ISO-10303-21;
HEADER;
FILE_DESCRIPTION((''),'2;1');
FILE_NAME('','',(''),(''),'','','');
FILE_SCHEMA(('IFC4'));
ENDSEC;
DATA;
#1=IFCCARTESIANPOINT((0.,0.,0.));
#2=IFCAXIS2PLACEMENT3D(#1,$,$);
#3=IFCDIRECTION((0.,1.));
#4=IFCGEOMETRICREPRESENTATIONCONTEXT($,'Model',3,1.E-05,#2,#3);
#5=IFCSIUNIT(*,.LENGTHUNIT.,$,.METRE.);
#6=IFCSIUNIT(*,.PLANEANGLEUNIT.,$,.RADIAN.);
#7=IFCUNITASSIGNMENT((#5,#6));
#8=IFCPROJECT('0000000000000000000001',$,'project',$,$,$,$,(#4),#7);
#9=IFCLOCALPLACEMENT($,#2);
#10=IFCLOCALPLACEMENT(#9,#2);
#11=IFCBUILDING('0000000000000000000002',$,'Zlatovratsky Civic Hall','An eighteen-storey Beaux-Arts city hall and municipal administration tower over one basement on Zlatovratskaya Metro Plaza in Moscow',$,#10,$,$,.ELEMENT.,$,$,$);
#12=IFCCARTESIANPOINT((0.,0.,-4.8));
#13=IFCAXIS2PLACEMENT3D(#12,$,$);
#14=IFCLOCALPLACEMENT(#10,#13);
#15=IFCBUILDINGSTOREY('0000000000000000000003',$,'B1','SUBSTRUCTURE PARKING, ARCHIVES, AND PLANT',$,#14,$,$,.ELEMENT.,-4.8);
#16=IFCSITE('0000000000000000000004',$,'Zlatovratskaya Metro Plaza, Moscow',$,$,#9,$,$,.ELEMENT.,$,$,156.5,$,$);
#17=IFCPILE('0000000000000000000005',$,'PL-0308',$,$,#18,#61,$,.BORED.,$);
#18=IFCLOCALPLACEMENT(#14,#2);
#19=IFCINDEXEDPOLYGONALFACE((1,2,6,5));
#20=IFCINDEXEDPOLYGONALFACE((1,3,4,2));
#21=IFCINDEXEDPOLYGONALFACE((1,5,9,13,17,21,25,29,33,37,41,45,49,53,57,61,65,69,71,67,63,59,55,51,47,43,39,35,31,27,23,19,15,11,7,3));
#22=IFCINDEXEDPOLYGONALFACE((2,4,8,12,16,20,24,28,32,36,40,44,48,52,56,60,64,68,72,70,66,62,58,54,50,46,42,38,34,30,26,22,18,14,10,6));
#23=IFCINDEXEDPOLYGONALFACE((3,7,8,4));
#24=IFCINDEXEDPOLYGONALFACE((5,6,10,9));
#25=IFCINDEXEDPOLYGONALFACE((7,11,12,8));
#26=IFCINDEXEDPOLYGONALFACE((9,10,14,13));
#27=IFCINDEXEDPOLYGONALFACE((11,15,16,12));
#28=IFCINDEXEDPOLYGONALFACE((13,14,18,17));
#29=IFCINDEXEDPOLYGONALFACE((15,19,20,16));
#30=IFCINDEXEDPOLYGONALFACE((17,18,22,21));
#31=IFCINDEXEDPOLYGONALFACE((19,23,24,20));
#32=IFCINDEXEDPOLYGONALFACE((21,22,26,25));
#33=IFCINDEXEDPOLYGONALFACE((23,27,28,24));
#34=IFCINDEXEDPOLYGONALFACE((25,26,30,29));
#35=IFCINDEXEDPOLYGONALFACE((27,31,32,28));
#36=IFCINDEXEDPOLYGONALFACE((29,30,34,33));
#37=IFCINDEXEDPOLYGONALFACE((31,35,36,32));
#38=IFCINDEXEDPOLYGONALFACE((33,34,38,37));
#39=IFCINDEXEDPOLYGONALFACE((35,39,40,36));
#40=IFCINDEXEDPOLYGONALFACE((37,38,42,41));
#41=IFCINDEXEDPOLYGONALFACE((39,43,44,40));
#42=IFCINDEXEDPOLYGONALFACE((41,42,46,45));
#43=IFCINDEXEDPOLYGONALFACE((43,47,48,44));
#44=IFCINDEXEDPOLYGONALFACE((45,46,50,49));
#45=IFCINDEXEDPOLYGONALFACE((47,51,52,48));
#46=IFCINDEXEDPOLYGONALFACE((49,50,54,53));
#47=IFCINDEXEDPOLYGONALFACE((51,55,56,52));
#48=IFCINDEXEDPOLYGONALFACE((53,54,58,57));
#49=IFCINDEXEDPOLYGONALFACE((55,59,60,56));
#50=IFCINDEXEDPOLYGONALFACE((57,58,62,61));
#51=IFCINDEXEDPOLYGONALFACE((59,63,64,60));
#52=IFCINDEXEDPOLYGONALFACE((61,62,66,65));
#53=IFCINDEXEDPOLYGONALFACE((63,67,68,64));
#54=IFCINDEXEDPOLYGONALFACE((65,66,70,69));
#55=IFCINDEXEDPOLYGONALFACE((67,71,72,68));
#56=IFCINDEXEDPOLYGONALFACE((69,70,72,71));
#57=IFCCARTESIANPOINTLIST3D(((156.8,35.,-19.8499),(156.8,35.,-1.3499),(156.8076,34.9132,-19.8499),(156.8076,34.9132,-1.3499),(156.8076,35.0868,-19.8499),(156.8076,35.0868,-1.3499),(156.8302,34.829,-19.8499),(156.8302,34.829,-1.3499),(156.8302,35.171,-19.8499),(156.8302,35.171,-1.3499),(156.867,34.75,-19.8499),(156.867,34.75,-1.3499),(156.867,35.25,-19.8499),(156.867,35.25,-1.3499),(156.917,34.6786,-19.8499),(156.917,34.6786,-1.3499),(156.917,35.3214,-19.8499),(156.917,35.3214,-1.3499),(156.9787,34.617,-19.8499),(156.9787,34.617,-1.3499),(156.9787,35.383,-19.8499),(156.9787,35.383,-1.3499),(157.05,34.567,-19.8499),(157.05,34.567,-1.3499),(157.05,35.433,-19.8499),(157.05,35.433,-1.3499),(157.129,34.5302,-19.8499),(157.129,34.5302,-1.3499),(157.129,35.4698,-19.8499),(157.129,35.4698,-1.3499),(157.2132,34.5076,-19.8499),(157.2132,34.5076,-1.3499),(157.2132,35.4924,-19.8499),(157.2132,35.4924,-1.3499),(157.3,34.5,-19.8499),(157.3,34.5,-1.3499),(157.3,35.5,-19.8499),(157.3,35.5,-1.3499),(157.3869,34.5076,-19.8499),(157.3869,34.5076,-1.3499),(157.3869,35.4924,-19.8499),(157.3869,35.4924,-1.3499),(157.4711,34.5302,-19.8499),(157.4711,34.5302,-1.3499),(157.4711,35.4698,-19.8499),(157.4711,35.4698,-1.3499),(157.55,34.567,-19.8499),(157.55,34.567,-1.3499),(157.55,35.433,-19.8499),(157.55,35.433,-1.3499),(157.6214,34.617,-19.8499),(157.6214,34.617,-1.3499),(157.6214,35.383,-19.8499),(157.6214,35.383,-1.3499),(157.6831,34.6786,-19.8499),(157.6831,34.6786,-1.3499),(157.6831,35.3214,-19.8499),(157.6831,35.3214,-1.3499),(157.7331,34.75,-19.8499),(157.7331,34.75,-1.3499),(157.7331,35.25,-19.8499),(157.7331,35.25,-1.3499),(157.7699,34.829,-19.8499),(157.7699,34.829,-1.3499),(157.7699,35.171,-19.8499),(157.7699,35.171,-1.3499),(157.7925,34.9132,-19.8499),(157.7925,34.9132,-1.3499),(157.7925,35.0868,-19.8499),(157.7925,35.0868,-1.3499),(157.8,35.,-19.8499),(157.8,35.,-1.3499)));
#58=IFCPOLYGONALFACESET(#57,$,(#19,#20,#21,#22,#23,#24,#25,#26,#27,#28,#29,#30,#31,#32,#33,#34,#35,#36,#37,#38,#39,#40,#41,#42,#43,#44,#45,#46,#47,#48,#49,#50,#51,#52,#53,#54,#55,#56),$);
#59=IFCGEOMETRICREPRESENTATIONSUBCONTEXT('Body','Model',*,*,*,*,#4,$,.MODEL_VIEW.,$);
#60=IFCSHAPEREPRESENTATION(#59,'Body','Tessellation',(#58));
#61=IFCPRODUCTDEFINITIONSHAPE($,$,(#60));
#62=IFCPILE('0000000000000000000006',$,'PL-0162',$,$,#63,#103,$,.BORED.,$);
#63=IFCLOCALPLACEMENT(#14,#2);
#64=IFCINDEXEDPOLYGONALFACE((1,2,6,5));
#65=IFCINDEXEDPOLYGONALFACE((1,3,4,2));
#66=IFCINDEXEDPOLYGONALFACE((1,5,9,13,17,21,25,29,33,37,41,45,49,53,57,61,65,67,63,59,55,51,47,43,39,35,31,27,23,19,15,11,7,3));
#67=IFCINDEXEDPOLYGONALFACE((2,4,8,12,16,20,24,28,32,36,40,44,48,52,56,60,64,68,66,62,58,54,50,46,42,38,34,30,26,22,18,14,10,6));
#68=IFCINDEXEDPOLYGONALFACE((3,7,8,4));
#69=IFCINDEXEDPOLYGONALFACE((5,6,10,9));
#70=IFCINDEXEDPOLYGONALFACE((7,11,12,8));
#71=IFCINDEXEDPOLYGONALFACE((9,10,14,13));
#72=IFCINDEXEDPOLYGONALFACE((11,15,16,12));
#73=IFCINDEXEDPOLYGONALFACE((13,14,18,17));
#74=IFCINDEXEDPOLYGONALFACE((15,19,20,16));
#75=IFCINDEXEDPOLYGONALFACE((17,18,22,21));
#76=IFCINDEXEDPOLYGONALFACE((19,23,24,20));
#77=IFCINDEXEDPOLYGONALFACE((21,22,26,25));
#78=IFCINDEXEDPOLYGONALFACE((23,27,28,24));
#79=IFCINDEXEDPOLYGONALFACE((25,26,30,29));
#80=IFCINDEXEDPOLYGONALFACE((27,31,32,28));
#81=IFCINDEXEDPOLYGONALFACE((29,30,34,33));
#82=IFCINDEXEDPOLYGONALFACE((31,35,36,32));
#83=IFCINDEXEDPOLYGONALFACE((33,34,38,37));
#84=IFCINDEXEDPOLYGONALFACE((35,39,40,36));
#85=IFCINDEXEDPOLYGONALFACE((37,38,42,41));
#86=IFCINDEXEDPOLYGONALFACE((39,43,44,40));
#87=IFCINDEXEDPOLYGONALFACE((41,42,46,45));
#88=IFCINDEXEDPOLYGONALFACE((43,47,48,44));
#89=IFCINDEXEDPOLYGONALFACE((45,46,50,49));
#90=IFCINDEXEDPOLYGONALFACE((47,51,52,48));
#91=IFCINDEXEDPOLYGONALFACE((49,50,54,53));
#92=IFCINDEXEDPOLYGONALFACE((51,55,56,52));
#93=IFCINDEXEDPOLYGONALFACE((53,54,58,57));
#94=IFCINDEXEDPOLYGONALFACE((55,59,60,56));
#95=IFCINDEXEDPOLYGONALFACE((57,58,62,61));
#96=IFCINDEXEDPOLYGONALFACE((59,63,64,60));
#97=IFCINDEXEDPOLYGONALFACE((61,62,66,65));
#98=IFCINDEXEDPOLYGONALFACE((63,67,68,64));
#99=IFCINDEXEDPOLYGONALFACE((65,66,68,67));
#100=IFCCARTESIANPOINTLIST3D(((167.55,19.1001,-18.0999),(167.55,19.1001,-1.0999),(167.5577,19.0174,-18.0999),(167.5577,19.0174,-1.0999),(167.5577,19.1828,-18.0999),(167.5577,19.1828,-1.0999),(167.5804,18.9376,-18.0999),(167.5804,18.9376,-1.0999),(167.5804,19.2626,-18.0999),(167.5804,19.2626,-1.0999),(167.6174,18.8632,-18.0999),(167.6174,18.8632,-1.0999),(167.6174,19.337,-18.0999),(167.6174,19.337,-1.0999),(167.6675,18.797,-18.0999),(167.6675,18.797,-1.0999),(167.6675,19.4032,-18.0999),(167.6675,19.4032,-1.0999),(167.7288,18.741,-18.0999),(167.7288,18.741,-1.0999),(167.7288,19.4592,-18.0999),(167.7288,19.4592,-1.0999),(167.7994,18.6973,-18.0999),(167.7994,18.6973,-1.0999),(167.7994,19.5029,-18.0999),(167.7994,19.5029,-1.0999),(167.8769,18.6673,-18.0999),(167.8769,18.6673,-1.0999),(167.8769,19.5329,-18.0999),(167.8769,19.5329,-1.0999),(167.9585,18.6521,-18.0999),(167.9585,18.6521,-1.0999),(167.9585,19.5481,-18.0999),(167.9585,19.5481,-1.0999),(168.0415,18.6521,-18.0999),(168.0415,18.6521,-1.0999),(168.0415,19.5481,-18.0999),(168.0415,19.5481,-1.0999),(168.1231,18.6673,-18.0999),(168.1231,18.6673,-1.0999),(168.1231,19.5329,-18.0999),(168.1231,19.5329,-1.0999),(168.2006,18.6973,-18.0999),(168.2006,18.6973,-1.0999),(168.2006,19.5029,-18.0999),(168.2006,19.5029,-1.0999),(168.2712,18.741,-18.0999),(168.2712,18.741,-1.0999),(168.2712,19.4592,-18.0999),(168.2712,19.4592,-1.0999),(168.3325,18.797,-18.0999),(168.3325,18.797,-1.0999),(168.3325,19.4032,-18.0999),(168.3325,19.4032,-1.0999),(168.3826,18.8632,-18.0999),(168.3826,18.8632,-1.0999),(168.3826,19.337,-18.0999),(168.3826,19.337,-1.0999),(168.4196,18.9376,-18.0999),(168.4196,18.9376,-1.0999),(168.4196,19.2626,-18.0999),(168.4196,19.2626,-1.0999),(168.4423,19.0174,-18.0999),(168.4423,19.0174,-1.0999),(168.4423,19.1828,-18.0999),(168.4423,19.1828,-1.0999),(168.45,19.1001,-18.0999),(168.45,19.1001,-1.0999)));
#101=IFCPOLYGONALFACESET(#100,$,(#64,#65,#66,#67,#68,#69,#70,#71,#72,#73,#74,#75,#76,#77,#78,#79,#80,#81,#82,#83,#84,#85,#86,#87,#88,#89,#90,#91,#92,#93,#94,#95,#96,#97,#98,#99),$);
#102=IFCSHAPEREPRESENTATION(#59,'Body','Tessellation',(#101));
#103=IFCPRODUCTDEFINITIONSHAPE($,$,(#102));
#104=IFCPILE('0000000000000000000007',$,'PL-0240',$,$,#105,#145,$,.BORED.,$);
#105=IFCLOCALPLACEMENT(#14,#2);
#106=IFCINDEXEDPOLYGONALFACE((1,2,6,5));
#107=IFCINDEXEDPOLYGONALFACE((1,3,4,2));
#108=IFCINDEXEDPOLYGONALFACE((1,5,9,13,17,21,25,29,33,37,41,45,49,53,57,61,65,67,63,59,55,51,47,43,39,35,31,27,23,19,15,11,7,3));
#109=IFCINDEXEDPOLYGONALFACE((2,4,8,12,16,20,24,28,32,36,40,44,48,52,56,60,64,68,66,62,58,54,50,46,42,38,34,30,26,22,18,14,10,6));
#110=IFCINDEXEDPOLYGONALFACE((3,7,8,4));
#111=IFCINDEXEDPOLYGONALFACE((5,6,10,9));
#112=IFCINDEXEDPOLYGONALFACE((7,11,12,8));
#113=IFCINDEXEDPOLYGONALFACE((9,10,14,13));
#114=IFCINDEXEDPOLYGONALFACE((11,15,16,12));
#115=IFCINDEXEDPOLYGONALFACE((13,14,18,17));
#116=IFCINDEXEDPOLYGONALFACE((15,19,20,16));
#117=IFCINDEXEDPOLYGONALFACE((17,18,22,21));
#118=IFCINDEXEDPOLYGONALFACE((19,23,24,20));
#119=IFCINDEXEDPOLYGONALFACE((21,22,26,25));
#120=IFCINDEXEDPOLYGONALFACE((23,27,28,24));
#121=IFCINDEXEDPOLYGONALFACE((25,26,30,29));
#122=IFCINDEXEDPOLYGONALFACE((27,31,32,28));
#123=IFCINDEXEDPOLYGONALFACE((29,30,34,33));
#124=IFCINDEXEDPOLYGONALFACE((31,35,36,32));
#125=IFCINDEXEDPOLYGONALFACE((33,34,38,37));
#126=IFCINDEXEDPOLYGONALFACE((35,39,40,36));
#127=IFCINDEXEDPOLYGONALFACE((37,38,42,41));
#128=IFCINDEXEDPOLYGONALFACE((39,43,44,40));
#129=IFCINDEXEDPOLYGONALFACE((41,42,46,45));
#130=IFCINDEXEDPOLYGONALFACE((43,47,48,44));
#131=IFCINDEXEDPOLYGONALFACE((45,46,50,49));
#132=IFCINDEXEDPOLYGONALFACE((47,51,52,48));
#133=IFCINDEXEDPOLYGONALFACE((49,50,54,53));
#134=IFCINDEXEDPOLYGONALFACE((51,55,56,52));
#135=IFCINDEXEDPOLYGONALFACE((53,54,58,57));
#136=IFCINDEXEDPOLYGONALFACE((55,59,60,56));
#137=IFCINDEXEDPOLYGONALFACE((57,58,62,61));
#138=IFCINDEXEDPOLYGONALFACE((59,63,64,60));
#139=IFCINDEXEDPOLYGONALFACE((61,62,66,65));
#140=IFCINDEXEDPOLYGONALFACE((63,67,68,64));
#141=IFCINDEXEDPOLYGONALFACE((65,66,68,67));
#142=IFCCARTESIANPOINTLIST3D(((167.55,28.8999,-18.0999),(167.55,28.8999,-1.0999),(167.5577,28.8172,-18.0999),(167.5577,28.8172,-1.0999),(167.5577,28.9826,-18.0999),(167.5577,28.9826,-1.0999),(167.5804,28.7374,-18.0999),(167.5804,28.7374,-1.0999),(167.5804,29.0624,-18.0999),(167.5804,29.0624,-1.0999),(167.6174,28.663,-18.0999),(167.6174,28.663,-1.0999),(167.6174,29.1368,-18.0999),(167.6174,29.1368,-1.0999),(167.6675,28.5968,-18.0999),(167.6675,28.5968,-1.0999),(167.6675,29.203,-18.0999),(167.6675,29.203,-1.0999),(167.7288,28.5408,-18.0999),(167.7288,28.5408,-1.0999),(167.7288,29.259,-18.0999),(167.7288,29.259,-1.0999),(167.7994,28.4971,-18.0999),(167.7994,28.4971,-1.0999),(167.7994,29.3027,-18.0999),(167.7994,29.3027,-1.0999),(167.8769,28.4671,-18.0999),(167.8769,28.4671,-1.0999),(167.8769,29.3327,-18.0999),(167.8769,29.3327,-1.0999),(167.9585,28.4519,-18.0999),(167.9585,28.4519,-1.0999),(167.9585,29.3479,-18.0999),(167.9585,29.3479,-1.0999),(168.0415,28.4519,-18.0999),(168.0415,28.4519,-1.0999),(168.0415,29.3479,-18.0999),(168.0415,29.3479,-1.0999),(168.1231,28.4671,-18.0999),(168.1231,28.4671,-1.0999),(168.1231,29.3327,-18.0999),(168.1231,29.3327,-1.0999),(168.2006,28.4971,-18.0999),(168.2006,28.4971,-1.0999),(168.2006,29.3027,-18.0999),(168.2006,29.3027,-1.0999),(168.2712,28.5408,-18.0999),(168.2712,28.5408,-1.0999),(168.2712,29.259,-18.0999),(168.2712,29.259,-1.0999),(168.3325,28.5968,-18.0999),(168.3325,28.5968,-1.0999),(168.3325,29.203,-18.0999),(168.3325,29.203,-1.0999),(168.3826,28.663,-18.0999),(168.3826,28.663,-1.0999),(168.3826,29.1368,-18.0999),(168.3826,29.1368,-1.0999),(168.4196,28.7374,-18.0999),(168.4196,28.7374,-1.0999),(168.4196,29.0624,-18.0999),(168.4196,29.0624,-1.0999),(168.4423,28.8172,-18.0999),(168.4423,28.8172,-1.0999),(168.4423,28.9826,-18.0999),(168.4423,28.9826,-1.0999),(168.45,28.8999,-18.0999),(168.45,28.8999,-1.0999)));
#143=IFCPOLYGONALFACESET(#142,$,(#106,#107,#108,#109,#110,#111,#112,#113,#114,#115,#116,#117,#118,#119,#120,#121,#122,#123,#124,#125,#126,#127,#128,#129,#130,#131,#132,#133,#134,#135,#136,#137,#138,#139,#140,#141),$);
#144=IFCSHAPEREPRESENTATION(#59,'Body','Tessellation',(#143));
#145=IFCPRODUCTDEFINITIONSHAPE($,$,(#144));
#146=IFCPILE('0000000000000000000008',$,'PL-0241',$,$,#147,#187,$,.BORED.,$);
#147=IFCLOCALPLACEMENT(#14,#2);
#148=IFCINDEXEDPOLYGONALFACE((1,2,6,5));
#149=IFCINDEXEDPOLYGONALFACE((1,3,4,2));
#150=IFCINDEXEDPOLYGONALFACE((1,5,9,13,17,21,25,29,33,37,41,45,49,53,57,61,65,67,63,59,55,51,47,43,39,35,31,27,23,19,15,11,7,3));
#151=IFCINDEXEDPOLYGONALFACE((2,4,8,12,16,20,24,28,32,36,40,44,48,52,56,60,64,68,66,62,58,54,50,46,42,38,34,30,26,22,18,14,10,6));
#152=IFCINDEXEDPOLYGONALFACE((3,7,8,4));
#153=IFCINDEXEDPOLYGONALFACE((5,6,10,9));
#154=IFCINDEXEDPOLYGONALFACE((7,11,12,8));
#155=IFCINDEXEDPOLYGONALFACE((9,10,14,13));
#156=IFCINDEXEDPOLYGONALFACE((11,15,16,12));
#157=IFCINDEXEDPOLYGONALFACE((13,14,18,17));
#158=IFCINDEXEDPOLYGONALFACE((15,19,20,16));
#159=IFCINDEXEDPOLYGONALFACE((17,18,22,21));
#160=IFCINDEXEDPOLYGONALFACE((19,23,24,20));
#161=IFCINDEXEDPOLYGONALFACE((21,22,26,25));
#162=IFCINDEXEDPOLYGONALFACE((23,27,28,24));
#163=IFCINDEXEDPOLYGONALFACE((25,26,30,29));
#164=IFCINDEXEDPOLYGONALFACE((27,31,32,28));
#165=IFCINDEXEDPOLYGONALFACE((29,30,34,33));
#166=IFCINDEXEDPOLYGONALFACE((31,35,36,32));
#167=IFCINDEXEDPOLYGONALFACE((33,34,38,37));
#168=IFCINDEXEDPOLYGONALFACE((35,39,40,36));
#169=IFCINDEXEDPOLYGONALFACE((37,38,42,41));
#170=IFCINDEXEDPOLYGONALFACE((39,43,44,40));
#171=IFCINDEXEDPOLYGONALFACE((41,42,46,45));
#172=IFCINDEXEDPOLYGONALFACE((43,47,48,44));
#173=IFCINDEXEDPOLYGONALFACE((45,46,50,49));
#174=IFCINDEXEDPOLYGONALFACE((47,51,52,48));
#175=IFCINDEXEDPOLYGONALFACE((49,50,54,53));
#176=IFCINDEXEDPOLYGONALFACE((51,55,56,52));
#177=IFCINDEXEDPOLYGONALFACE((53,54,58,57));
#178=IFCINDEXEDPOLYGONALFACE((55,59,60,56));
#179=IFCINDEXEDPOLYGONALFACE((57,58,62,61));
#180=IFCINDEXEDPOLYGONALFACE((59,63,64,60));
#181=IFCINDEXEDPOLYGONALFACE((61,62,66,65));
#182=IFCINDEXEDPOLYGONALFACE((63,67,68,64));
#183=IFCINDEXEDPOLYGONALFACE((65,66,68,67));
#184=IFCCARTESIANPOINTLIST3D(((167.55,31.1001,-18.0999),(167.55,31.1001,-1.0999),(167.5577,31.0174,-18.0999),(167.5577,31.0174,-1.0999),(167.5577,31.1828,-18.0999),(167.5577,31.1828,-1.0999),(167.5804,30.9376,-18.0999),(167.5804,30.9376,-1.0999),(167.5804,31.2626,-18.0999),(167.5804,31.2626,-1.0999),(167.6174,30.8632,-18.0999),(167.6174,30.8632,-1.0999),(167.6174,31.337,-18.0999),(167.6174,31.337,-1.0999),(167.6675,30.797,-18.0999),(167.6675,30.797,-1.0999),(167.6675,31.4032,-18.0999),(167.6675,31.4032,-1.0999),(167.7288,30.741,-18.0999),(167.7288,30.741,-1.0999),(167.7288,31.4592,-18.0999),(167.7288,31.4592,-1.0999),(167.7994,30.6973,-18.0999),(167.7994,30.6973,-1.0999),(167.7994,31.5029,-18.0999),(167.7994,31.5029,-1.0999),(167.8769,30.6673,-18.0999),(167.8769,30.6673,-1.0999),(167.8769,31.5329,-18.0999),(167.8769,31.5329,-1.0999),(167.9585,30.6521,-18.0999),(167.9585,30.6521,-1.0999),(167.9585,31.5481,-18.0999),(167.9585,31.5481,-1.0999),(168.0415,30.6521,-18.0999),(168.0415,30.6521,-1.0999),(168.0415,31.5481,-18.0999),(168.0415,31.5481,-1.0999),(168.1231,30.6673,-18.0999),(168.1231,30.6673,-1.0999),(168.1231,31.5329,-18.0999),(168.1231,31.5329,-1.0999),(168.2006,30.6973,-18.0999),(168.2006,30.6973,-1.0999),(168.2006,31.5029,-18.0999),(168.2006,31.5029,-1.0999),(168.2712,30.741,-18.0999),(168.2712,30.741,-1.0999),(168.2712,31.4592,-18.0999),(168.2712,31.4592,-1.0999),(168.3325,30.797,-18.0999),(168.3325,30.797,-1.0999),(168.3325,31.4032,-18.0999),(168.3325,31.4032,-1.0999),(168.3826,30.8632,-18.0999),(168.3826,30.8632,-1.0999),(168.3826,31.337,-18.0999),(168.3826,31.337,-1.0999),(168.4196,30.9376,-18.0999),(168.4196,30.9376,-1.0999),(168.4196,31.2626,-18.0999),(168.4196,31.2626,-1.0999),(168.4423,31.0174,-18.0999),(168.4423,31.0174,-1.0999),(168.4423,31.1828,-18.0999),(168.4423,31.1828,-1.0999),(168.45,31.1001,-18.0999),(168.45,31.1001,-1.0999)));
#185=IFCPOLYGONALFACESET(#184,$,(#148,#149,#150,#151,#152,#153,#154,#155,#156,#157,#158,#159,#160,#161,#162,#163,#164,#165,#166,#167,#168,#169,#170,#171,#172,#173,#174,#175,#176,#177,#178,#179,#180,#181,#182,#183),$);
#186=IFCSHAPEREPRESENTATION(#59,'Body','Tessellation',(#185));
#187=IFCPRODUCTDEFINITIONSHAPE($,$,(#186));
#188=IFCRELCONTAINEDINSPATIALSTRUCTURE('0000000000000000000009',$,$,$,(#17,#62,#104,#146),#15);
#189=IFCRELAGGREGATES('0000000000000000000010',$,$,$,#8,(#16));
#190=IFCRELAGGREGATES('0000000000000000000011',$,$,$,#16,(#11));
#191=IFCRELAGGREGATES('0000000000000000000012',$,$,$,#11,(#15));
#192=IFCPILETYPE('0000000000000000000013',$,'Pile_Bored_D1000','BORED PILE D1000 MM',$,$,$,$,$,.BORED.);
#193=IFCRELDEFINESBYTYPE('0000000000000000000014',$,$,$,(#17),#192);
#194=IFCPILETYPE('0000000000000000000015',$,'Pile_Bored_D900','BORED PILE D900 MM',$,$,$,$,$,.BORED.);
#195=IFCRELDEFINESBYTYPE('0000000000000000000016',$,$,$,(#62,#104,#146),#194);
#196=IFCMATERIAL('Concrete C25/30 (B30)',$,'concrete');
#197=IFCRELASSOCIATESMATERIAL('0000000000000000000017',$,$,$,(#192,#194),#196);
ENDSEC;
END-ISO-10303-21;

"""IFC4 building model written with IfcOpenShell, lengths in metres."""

from ifc_helpers import new_model, si_unit, direction, frame, origin, origin_2d, place, context, subcontext, project, spatial, circle, extrude, material, material_profile, profile_set, type_object, element, save


model = new_model("IFC4")

# Units and contexts
model_context = context("Model", 3, precision=1e-05, world=origin(), true_north=direction((0.0, 1.0)))
body_context = subcontext(model_context, "Body", "Model", "MODEL_VIEW")
ifc_project = project(units=[si_unit("LENGTHUNIT", "METRE"), si_unit("PLANEANGLEUNIT", "RADIAN")], contexts=[model_context])

# Site, building, storey
site_placement = place(None, origin())
site = spatial("IfcSite", under=ifc_project, at=site_placement, Name="Zlatovratskaya Metro Plaza, Moscow", CompositionType="ELEMENT", RefElevation=156.5)
building_placement = place(site_placement, origin())
building = spatial("IfcBuilding", under=site, at=building_placement, Name="Zlatovratsky Civic Hall", Description="An eighteen-storey Beaux-Arts city hall and municipal administration tower over one basement on Zlatovratskaya Metro Plaza in Moscow", CompositionType="ELEMENT")
storey_placement = place(building_placement, frame((0.0, 0.0, -4.8)))
storey = spatial("IfcBuildingStorey", under=building, at=storey_placement, Name="B1", Description="SUBSTRUCTURE PARKING, ARCHIVES, AND PLANT", CompositionType="ELEMENT", Elevation=-4.8)

# Shared definitions
ifc_material_1 = material(Name="Concrete C25/30 (B30)", Category="concrete")

# Piles
ifc_material_profile_1 = material_profile(ifc_material_1, circle(Radius=0.5, at=origin_2d()), Name="PILE D1000")
ifc_profile_set_1 = profile_set([ifc_material_profile_1], Name="Concrete C25/30 (B30)")
pile_type_1 = type_object("IfcPileType", Name="Pile_Bored_D1000", Description="BORED PILE D1000 MM", PredefinedType="BORED", material=ifc_profile_set_1)
for number, where, z_axis, x_axis, name in (
    (1, (157.3, 35.0, -1.3499), (0.0, 0.0, -1.0), (1.0, 0.0, 0.0), "PL-0308"),
):
    element("IfcPile", number, at=place(storey_placement, frame(where, z_axis=z_axis, x_axis=x_axis)), inside=storey, type_object=pile_type_1, Name=name, PredefinedType="BORED", context=body_context, shape_type="SweptSolid", body=[
        extrude(circle(Radius=0.5, at=origin_2d()), origin(), (0.0, 0.0, 1.0), 18.5),
    ])
ifc_material_profile_2 = material_profile(ifc_material_1, circle(Radius=0.45, at=origin_2d()), Name="PILE D900")
ifc_profile_set_2 = profile_set([ifc_material_profile_2], Name="Concrete C25/30 (B30)")
pile_type_2 = type_object("IfcPileType", Name="Pile_Bored_D900", Description="BORED PILE D900 MM", PredefinedType="BORED", material=ifc_profile_set_2)
for number, where, z_axis, x_axis, name in (
    (2, (168.0, 19.1001, -1.0999), (0.0, 0.0, -1.0), (1.0, 0.0, 0.0), "PL-0162"),
    (3, (168.0, 28.8999, -1.0999), (0.0, 0.0, -1.0), (1.0, 0.0, 0.0), "PL-0240"),
    (4, (168.0, 31.1001, -1.0999), (0.0, 0.0, -1.0), (1.0, 0.0, 0.0), "PL-0241"),
):
    element("IfcPile", number, at=place(storey_placement, frame(where, z_axis=z_axis, x_axis=x_axis)), inside=storey, type_object=pile_type_2, Name=name, PredefinedType="BORED", context=body_context, shape_type="SweptSolid", body=[
        extrude(circle(Radius=0.45, at=origin_2d()), origin(), (0.0, 0.0, 1.0), 17.0),
    ])

save(model, "model.ifc")
